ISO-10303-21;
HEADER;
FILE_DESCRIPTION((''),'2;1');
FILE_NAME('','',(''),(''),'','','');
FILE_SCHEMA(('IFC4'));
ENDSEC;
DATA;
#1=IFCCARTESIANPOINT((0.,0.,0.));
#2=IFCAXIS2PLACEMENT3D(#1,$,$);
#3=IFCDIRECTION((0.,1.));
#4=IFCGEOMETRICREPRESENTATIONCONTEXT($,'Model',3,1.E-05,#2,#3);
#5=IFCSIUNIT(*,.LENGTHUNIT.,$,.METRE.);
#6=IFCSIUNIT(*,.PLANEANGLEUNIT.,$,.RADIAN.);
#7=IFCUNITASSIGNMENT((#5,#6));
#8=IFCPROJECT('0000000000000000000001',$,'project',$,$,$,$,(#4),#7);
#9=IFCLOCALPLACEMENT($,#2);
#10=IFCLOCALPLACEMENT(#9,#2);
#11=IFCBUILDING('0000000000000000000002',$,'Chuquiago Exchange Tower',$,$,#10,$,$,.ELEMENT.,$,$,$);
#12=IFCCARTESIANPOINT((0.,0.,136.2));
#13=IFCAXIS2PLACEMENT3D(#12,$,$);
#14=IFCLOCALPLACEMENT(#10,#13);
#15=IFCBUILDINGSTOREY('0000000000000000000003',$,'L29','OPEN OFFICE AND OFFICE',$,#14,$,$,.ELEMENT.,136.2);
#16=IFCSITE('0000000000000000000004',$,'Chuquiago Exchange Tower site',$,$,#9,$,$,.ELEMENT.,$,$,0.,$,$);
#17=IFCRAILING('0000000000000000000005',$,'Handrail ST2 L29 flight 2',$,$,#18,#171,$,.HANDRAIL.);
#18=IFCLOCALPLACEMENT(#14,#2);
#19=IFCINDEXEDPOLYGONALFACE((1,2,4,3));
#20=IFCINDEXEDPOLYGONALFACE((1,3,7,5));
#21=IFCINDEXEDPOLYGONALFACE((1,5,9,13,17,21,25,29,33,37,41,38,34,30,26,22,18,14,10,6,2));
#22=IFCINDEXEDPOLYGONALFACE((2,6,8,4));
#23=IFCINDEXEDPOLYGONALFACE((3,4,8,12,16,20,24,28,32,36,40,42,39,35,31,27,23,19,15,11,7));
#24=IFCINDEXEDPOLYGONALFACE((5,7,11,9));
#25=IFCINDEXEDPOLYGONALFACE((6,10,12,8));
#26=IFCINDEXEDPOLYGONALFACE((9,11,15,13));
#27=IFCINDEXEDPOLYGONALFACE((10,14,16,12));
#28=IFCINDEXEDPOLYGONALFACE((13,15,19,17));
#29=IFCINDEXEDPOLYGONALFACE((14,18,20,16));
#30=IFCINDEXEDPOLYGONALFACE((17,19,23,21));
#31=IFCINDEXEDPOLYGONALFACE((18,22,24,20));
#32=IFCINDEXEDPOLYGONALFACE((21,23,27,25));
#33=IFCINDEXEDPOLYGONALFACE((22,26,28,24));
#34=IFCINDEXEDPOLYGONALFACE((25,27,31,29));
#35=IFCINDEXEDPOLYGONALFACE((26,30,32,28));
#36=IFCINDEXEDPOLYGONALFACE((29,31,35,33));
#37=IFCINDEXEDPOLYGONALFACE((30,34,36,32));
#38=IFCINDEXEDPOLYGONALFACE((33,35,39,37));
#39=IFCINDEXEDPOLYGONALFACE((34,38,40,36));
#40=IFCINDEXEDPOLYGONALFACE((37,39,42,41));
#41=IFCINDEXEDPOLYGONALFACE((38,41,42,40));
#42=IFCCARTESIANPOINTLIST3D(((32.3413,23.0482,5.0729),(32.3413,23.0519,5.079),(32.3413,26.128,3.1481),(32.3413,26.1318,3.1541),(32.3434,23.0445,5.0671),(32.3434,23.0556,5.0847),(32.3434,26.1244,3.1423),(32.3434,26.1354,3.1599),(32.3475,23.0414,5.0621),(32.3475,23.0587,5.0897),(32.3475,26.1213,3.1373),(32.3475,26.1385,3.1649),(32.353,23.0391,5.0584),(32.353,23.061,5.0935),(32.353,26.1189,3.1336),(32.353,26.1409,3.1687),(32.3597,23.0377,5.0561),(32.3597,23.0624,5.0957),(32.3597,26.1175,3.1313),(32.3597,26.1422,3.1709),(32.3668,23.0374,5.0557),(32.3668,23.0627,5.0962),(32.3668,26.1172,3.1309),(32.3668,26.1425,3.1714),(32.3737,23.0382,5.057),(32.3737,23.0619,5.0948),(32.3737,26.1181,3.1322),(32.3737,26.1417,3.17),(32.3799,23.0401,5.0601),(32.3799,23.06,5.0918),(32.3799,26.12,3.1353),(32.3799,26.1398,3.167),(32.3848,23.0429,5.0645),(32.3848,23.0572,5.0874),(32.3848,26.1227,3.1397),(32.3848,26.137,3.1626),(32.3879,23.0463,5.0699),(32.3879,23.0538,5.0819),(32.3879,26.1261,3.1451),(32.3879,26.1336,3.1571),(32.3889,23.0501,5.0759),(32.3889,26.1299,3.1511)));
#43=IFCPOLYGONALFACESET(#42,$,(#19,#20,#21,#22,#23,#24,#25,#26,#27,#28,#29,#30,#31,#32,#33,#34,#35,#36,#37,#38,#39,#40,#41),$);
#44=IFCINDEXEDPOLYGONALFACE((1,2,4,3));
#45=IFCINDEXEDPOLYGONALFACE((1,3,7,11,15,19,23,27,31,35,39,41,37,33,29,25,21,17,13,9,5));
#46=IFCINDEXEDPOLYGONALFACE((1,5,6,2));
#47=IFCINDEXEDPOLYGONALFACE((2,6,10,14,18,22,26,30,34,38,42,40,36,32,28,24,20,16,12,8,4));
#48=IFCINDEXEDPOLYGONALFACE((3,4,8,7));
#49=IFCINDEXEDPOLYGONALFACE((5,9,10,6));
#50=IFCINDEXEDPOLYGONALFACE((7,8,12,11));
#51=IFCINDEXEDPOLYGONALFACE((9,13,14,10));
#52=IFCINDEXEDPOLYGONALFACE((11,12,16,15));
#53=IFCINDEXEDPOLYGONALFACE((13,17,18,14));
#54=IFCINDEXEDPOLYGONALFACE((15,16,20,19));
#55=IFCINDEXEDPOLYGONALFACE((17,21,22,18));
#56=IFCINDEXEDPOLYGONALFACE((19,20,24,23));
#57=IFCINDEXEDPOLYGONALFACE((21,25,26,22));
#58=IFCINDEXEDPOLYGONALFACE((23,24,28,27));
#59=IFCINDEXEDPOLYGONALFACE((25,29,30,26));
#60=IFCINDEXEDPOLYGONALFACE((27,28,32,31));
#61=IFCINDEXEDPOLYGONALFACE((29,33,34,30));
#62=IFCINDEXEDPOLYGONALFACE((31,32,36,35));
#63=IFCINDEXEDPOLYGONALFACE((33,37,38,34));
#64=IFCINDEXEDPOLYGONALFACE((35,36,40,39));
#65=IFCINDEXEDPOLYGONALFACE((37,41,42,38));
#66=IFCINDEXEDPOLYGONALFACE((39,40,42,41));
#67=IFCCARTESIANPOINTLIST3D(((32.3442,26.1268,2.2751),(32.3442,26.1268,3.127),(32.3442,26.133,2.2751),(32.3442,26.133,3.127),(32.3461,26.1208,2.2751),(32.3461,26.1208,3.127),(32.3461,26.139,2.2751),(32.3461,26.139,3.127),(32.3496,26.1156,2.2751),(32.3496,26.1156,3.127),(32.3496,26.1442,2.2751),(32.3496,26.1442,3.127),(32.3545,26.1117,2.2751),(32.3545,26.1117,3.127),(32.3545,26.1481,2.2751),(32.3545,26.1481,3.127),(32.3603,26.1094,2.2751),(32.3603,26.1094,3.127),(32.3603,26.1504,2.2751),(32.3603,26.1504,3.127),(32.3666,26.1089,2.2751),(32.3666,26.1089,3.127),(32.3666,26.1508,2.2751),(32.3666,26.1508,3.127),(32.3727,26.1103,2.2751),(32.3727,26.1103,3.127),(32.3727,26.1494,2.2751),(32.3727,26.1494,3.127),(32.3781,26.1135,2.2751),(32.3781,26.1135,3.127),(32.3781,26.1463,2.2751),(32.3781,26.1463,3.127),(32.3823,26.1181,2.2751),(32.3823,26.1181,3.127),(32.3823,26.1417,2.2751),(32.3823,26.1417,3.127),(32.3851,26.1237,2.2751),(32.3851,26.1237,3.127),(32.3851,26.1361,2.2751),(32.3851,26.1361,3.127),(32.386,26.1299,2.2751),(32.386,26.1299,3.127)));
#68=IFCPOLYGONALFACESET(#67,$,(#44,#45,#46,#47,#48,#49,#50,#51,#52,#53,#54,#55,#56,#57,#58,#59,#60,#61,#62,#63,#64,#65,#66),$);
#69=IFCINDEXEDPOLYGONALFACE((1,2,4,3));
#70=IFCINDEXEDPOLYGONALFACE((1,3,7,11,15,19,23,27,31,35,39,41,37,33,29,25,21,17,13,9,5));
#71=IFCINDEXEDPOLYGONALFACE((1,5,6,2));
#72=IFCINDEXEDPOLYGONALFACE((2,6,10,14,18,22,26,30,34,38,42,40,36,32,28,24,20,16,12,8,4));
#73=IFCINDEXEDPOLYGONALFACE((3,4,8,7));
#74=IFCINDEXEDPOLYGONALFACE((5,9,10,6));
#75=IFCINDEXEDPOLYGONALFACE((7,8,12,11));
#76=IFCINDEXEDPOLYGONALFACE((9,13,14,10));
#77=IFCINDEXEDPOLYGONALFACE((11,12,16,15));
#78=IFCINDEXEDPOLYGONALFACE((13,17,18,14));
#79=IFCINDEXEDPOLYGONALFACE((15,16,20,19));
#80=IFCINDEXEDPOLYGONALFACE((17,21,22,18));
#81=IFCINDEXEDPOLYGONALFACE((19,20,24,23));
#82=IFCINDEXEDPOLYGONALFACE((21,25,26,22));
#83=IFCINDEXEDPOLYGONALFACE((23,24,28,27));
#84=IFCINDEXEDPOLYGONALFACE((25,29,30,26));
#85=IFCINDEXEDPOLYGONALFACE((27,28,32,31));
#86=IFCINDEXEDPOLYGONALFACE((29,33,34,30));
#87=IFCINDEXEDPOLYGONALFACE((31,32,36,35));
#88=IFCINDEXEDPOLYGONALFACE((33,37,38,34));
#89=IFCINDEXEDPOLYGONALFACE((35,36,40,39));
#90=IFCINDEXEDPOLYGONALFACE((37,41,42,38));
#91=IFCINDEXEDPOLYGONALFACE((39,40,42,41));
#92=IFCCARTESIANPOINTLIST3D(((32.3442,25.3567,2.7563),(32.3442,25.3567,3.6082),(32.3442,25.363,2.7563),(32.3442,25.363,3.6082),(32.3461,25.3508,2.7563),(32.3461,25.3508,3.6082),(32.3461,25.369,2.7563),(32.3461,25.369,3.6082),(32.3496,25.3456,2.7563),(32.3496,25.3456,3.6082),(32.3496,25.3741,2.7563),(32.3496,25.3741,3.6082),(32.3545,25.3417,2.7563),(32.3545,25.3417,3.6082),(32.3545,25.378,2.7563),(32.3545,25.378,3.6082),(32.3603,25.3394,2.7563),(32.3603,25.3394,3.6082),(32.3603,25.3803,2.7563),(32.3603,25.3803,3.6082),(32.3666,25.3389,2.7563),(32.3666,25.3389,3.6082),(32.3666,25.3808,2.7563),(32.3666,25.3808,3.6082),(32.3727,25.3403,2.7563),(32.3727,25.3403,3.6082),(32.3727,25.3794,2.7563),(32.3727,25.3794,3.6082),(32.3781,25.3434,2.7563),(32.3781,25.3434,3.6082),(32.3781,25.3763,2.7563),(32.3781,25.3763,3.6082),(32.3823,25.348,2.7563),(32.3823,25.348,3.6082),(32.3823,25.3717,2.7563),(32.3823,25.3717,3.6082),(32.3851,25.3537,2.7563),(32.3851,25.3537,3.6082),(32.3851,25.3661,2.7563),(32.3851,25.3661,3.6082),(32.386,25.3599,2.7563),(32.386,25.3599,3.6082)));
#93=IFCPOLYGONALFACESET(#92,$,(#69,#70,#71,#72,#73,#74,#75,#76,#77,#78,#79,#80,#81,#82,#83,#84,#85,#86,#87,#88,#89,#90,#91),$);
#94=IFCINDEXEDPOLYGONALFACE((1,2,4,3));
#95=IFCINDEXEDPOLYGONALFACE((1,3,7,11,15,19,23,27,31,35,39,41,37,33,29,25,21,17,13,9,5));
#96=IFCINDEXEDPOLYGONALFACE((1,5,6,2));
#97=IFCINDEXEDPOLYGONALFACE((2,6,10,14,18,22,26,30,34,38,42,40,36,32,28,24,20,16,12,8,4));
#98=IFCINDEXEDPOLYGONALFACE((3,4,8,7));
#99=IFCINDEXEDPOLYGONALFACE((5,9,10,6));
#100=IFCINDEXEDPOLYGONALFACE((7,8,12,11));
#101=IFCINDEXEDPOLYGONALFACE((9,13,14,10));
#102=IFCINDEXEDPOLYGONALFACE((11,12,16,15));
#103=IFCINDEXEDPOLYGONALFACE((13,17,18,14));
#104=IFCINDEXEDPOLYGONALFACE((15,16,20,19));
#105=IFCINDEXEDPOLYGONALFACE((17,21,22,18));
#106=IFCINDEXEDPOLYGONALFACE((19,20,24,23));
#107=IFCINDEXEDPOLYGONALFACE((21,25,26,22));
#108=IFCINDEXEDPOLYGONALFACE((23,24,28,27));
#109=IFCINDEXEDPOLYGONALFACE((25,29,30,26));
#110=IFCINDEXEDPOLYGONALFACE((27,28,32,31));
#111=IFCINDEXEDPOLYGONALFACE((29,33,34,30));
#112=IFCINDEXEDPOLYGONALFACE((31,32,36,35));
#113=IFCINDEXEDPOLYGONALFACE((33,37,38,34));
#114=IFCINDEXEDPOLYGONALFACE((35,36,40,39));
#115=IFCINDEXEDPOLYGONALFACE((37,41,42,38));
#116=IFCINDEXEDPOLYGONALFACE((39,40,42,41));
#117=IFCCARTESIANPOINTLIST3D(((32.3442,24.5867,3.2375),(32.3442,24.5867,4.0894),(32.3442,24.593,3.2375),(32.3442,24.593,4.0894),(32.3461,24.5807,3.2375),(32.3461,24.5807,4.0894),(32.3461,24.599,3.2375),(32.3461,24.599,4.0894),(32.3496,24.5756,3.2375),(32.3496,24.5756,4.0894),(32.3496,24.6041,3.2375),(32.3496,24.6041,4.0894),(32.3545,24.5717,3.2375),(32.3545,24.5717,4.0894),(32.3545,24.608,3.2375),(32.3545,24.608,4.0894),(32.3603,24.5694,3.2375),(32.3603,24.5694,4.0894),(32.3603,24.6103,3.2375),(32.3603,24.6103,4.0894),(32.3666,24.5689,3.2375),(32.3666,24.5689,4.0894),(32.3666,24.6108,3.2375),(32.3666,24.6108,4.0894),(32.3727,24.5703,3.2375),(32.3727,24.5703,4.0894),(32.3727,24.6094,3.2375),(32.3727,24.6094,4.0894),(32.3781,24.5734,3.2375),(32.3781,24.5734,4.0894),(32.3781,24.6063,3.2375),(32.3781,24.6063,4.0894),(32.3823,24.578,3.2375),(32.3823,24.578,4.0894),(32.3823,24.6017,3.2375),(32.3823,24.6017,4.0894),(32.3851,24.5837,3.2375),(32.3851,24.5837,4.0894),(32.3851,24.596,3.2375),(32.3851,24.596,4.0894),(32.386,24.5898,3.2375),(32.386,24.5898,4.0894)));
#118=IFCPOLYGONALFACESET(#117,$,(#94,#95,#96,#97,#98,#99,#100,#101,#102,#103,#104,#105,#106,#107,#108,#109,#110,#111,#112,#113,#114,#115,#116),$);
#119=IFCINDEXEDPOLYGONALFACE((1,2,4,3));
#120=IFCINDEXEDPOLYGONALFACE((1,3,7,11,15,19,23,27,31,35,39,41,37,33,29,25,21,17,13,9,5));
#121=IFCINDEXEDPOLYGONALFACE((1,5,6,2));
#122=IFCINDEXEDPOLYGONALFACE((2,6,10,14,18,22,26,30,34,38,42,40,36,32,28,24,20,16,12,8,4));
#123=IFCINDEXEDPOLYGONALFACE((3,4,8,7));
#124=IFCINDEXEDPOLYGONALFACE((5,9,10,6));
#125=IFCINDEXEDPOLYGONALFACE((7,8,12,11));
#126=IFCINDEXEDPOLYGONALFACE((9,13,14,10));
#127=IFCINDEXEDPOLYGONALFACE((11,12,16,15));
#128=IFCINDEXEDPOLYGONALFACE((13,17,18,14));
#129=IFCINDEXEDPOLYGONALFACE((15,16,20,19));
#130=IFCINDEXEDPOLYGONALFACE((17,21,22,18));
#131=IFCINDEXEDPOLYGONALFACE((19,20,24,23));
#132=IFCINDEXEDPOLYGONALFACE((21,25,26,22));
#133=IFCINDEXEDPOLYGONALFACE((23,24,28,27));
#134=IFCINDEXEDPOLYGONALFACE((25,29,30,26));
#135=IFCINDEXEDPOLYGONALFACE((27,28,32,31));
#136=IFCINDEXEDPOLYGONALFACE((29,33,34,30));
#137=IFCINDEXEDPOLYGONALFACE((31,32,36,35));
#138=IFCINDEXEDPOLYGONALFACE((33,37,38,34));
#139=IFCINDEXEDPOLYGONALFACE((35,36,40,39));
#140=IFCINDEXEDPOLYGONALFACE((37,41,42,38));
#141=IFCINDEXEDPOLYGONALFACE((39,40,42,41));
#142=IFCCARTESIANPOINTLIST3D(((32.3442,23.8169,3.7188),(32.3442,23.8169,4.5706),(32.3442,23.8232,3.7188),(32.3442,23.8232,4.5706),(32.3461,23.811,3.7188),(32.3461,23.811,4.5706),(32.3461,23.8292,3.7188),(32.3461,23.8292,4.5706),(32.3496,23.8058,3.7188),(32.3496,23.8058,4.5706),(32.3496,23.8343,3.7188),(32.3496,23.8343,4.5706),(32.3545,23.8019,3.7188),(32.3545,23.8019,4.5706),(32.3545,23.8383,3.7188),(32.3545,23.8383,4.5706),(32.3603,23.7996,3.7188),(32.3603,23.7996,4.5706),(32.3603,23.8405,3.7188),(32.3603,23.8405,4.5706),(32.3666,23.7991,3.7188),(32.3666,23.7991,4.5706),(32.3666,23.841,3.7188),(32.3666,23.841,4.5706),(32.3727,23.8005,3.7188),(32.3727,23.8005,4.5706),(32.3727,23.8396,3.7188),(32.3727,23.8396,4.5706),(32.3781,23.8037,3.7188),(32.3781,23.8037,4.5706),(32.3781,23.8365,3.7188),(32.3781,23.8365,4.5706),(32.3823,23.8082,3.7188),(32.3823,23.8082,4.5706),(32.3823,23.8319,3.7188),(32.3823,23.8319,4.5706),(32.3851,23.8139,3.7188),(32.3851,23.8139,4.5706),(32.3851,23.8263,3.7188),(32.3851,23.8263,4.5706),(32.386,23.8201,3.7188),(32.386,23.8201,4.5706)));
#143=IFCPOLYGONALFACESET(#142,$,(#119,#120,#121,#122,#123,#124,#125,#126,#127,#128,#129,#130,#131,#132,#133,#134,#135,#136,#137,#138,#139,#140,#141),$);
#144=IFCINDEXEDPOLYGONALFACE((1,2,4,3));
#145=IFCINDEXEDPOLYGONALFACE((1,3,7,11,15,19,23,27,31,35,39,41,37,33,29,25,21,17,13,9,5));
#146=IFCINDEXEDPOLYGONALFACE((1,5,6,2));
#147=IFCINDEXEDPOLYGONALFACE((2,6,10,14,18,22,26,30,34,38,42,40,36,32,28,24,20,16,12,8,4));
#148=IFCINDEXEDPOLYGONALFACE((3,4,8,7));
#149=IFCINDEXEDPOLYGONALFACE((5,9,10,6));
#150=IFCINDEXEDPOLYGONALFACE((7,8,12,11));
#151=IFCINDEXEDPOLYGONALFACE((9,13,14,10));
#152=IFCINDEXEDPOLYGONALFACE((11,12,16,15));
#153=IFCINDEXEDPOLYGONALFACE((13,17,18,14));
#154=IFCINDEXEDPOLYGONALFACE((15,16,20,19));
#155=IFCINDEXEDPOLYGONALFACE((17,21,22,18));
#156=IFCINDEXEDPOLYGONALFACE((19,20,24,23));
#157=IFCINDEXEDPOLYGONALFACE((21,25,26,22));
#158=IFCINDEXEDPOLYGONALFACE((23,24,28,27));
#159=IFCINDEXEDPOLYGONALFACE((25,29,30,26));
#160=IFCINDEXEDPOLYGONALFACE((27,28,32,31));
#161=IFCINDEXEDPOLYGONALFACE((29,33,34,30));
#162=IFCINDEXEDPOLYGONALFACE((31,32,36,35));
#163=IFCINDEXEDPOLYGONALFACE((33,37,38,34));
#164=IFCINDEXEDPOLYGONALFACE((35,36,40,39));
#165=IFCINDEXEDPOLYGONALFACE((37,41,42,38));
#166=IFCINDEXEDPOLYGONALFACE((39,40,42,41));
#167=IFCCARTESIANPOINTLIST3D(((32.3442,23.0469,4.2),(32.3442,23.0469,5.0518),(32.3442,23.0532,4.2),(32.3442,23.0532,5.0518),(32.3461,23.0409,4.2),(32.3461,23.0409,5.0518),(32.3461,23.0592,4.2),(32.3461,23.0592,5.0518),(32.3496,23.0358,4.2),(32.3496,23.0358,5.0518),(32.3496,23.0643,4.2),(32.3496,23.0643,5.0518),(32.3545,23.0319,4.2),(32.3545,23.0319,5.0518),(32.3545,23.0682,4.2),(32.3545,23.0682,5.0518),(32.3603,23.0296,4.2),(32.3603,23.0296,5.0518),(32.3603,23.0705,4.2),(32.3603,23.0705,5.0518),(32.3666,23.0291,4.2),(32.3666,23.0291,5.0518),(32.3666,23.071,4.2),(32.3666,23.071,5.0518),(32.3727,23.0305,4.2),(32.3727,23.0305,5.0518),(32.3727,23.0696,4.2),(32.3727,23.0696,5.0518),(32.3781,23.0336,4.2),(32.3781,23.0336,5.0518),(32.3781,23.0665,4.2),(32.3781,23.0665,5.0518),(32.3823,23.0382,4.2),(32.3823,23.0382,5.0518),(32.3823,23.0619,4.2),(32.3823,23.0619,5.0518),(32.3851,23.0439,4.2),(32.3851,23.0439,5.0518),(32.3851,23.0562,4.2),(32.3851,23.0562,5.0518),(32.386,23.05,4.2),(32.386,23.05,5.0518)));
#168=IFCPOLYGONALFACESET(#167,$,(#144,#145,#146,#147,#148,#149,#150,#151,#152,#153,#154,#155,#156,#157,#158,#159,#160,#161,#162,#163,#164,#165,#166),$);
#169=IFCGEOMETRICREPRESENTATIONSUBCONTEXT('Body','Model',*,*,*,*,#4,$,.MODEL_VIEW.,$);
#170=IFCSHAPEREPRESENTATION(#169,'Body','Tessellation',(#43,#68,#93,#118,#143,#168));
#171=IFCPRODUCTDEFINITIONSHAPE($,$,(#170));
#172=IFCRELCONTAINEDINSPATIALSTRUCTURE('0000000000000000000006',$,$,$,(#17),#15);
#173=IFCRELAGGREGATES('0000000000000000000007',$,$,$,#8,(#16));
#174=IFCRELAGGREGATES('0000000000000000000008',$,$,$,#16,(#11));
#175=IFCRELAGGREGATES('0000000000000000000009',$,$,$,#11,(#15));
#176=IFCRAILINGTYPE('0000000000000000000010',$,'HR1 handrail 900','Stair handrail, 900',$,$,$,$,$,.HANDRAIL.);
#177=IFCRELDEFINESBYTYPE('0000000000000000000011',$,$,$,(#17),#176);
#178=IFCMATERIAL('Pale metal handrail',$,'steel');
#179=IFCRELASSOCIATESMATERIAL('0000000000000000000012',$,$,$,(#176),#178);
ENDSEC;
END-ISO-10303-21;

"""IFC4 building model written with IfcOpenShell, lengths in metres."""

from ifc_helpers import new_model, si_unit, direction, frame, origin, origin_2d, place, context, subcontext, project, spatial, circle, extrude, material, type_object, element, save


model = new_model("IFC4")

# Units and contexts
model_context = context("Model", 3, precision=1e-05, world=origin(), true_north=direction((0.0, 1.0)))
body_context = subcontext(model_context, "Body", "Model", "MODEL_VIEW")
ifc_project = project(units=[si_unit("LENGTHUNIT", "METRE"), si_unit("PLANEANGLEUNIT", "RADIAN")], contexts=[model_context])

# Site, building, storey
site_placement = place(None, origin())
site = spatial("IfcSite", under=ifc_project, at=site_placement, Name="Chuquiago Exchange Tower site", CompositionType="ELEMENT", RefElevation=0.0)
building_placement = place(site_placement, origin())
building = spatial("IfcBuilding", under=site, at=building_placement, Name="Chuquiago Exchange Tower", CompositionType="ELEMENT")
storey_placement = place(building_placement, frame((0.0, 0.0, 136.2)))
storey = spatial("IfcBuildingStorey", under=building, at=storey_placement, Name="L29", Description="OPEN OFFICE AND OFFICE", CompositionType="ELEMENT", Elevation=136.2)

# Railing
ifc_material_1 = material(Name="Pale metal handrail", Category="steel")
railing_type_1 = type_object("IfcRailingType", Name="HR1 handrail 900", Description="Stair handrail, 900", PredefinedType="HANDRAIL", material=ifc_material_1)
for number, where, name in (
    (1, (32.365, 26.1299, 2.2751), "Handrail ST2 L29 flight 2"),
):
    element("IfcRailing", number, at=place(storey_placement, frame(where)), inside=storey, type_object=railing_type_1, Name=name, PredefinedType="HANDRAIL", context=body_context, shape_type="SweptSolid", body=[
        extrude(circle(Radius=0.0239, at=origin_2d()), frame((0.0, 0.0, 0.876), z_axis=(0.0, -0.84801, 0.529981), x_axis=(1.0, 0.0, 0.0)), (0.0, 0.0, 1.0), 3.6318),
        extrude(circle(Radius=0.021, at=origin_2d()), origin(), (0.0, 0.0, 1.0), 0.8518),
        extrude(circle(Radius=0.021, at=origin_2d()), frame((0.0, -0.77, 0.4812)), (0.0, 0.0, 1.0), 0.8518),
        extrude(circle(Radius=0.021, at=origin_2d()), frame((0.0, -1.54, 0.9624)), (0.0, 0.0, 1.0), 0.8518),
        extrude(circle(Radius=0.021, at=origin_2d()), frame((0.0, -2.3098, 1.4436)), (0.0, 0.0, 1.0), 0.8518),
        extrude(circle(Radius=0.021, at=origin_2d()), frame((0.0, -3.0798, 1.9248)), (0.0, 0.0, 1.0), 0.8518),
    ])

save(model, "model.ifc")
